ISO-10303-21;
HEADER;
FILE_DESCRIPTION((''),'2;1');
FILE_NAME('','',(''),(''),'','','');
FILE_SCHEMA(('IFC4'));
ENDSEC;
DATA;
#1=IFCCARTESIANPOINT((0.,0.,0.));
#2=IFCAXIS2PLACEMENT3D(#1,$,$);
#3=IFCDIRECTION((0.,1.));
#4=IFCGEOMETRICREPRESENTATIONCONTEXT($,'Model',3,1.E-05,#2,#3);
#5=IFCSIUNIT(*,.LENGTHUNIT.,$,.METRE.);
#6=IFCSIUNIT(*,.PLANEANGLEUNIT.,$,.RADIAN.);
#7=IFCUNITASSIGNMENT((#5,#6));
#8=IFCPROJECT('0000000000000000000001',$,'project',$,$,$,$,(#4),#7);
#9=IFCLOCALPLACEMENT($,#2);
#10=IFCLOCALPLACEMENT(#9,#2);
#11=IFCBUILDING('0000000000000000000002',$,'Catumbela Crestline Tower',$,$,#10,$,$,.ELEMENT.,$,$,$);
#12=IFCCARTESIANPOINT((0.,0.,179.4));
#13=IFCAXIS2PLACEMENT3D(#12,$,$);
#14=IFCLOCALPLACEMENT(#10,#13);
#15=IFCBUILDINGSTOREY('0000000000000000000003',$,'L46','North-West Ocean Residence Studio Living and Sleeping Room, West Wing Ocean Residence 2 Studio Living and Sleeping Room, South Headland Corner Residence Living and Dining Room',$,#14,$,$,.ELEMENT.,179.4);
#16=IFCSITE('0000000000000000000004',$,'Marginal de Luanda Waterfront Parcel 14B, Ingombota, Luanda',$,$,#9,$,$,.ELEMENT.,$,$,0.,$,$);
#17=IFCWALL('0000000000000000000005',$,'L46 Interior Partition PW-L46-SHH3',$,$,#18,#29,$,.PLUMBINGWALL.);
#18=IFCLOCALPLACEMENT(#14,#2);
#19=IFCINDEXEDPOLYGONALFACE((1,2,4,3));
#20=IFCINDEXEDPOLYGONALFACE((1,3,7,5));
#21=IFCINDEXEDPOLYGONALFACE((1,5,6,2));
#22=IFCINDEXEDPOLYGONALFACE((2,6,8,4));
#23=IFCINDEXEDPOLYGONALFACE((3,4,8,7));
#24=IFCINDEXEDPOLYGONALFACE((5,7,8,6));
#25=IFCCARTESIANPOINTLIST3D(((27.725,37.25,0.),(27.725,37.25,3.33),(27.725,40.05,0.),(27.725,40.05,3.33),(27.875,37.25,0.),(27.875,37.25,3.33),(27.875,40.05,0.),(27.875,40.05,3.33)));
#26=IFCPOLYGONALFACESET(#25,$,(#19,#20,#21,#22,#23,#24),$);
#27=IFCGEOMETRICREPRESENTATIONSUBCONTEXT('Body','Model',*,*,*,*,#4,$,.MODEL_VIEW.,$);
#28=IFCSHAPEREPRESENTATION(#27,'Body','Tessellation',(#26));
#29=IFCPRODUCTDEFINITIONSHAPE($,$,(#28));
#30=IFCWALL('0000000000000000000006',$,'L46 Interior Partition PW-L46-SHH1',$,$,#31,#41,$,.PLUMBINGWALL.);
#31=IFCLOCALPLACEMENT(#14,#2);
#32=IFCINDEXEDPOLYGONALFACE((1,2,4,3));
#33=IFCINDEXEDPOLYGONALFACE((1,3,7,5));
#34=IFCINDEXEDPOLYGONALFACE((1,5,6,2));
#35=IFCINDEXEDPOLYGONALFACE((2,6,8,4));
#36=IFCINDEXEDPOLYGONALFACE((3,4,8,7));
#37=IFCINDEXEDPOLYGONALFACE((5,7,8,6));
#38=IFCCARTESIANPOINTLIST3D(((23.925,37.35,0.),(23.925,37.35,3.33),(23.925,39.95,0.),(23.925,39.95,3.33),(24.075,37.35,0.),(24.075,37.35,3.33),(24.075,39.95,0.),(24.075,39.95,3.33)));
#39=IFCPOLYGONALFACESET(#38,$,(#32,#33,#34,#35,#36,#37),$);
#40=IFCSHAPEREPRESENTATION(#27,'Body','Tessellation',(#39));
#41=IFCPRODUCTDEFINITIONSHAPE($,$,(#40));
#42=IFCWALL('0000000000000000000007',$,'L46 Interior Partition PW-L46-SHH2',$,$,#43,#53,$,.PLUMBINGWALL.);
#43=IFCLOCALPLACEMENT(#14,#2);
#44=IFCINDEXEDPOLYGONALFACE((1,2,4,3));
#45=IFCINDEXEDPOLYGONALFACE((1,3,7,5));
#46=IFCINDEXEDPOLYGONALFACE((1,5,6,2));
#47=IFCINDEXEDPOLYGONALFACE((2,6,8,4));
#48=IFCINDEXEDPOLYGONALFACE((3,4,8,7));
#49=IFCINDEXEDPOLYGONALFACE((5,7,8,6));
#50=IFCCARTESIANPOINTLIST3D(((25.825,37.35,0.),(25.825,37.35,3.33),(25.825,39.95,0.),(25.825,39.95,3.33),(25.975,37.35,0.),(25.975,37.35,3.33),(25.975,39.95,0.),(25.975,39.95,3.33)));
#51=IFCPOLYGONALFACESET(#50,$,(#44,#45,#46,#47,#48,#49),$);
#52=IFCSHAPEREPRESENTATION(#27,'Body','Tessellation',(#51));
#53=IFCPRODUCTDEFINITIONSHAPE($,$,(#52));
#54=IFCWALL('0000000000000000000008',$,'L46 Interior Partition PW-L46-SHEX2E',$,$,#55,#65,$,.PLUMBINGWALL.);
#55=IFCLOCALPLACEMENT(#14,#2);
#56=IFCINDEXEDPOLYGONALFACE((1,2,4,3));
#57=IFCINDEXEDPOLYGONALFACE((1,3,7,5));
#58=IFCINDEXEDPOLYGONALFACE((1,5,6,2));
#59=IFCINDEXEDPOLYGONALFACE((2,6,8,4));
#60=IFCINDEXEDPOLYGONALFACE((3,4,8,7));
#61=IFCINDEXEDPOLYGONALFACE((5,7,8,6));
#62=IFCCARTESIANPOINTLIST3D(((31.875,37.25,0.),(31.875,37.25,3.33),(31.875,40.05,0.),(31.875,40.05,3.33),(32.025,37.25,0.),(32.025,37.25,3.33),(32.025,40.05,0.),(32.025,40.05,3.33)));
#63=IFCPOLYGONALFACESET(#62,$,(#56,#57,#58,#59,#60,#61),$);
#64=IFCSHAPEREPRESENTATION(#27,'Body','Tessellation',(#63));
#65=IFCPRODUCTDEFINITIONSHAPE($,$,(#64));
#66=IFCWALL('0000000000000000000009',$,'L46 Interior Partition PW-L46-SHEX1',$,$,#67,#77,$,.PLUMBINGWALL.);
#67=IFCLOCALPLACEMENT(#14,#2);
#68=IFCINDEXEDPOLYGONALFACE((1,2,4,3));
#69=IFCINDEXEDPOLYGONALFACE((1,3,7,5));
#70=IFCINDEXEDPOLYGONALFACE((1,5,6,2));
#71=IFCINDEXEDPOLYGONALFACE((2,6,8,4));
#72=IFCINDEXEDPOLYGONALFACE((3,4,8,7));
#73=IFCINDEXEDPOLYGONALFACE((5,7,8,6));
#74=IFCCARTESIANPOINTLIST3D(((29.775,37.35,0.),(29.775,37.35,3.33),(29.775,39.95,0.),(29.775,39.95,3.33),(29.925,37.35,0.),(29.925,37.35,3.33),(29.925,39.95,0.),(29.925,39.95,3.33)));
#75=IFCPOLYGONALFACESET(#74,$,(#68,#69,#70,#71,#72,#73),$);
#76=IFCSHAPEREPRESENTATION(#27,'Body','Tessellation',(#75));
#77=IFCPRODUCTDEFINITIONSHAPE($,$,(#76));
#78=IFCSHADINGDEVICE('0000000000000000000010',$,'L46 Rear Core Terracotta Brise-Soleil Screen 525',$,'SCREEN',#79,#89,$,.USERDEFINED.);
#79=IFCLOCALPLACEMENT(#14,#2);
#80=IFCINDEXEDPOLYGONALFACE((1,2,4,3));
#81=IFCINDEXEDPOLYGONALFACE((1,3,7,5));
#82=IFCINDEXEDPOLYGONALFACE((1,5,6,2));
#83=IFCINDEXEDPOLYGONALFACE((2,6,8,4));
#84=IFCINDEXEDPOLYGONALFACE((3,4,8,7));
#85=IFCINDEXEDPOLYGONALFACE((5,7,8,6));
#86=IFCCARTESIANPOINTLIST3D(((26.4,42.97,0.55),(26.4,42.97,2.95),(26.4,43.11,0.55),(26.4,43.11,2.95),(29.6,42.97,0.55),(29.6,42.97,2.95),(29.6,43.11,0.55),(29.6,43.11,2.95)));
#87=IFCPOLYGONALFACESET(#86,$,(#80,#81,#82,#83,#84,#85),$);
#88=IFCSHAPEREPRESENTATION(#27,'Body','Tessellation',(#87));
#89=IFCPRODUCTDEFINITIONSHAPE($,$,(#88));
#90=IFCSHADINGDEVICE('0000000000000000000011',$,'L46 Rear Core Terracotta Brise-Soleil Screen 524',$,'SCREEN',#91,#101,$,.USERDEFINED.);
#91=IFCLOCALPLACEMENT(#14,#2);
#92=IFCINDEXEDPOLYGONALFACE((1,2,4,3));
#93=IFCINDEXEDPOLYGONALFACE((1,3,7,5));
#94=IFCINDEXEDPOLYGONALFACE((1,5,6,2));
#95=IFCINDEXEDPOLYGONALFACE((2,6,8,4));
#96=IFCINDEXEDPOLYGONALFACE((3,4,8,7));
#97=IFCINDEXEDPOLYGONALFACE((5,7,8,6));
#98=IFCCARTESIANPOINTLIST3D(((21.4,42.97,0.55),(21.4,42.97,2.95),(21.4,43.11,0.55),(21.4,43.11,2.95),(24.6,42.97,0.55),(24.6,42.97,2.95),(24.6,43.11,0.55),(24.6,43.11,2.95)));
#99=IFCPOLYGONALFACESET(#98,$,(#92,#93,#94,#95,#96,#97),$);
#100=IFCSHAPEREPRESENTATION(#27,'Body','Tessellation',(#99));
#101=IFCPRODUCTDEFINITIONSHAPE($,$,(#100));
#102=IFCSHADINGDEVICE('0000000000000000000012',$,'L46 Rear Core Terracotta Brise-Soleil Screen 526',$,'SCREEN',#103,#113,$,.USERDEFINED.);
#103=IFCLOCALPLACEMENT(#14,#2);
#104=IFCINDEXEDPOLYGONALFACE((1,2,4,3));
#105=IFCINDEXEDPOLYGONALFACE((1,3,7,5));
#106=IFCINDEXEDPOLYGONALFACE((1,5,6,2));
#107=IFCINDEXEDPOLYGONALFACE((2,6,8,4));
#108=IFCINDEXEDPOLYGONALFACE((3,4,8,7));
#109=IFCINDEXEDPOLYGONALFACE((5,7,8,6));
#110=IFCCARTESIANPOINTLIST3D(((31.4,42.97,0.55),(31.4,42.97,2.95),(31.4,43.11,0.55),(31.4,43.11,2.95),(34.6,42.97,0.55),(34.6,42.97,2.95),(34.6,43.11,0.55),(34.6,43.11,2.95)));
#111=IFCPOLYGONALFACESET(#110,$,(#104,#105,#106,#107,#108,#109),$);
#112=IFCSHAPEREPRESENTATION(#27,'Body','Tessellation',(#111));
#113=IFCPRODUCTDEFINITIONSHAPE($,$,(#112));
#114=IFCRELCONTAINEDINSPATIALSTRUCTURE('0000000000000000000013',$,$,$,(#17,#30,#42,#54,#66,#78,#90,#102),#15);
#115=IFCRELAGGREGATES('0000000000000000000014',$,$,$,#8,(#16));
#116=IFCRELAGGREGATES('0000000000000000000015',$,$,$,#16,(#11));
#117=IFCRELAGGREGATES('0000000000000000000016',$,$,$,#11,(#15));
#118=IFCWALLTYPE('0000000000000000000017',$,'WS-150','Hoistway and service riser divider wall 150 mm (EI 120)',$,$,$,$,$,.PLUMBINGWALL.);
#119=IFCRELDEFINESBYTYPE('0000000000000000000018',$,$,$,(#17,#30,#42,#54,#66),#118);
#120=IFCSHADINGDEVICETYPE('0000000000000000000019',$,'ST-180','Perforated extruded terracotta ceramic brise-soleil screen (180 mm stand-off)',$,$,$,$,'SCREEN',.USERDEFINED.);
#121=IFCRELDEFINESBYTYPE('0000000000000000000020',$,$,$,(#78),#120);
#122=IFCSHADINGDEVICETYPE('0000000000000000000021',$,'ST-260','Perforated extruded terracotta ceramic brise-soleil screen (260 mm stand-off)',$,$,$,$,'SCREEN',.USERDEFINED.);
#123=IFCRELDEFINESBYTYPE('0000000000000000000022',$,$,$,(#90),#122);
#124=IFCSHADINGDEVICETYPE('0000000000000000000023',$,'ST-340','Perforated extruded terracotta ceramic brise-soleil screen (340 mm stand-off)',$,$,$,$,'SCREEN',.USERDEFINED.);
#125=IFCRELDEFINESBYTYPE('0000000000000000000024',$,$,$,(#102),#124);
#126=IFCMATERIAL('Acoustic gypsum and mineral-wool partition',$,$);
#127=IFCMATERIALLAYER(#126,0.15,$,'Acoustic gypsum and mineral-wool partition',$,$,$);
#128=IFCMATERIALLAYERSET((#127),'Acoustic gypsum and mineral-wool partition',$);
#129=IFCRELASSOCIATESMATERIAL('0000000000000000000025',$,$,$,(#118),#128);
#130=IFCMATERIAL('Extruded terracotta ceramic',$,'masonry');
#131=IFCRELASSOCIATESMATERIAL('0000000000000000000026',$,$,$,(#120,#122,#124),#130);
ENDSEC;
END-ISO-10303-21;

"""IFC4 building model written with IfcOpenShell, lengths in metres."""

from ifc_helpers import new_model, si_unit, direction, frame, frame_2d, origin, origin_2d, place, context, subcontext, project, spatial, rectangle, extrude, material, layer, layer_set, type_object, element, save


model = new_model("IFC4")

# Units and contexts
model_context = context("Model", 3, precision=1e-05, world=origin(), true_north=direction((0.0, 1.0)))
body_context = subcontext(model_context, "Body", "Model", "MODEL_VIEW")
ifc_project = project(units=[si_unit("LENGTHUNIT", "METRE"), si_unit("PLANEANGLEUNIT", "RADIAN")], contexts=[model_context])

# Site, building, storey
site_placement = place(None, origin())
site = spatial("IfcSite", under=ifc_project, at=site_placement, Name="Marginal de Luanda Waterfront Parcel 14B, Ingombota, Luanda", CompositionType="ELEMENT", RefElevation=0.0)
building_placement = place(site_placement, origin())
building = spatial("IfcBuilding", under=site, at=building_placement, Name="Catumbela Crestline Tower", CompositionType="ELEMENT")
storey_placement = place(building_placement, frame((0.0, 0.0, 179.4)))
storey = spatial("IfcBuildingStorey", under=building, at=storey_placement, Name="L46", Description="North-West Ocean Residence Studio Living and Sleeping Room, West Wing Ocean Residence 2 Studio Living and Sleeping Room, South Headland Corner Residence Living and Dining Room", CompositionType="ELEMENT", Elevation=179.4)

# Shared definitions
ifc_material_1 = material(Name="Acoustic gypsum and mineral-wool partition")

# Walls
ifc_layer_1 = layer(ifc_material_1, 0.15, Name="Acoustic gypsum and mineral-wool partition")
ifc_layer_set_1 = layer_set([ifc_layer_1], Name="Acoustic gypsum and mineral-wool partition")
wall_type_1 = type_object("IfcWallType", Name="WS-150", Description="Hoistway and service riser divider wall 150 mm (EI 120)", PredefinedType="PLUMBINGWALL", material=ifc_layer_set_1)
wall_1_placement = place(storey_placement, frame((27.8, 37.25, 0.0), z_axis=(0.0, 0.0, 1.0), x_axis=(0.0, 1.0, 0.0)))
element("IfcWall", 1, at=wall_1_placement, inside=storey, type_object=wall_type_1, Name="L46 Interior Partition PW-L46-SHH3", PredefinedType="PLUMBINGWALL", context=body_context, shape_type="SweptSolid", body=[
    extrude(rectangle(XDim=2.8, YDim=0.15, at=frame_2d((1.4, 0.0))), origin(), (0.0, 0.0, 1.0), 3.33),
])
for number, where, z_axis, x_axis, name in (
    (2, (24.0, 37.35, 0.0), (0.0, 0.0, 1.0), (0.0, 1.0, 0.0), "L46 Interior Partition PW-L46-SHH1"),
    (3, (25.9, 37.35, 0.0), (0.0, 0.0, 1.0), (0.0, 1.0, 0.0), "L46 Interior Partition PW-L46-SHH2"),
):
    element("IfcWall", number, at=place(storey_placement, frame(where, z_axis=z_axis, x_axis=x_axis)), inside=storey, type_object=wall_type_1, Name=name, PredefinedType="PLUMBINGWALL", context=body_context, shape_type="SweptSolid", body=[
        extrude(rectangle(XDim=2.6, YDim=0.15, at=frame_2d((1.3, 0.0))), origin(), (0.0, 0.0, 1.0), 3.33),
    ])
wall_2_placement = place(storey_placement, frame((31.95, 37.25, 0.0), z_axis=(0.0, 0.0, 1.0), x_axis=(0.0, 1.0, 0.0)))
element("IfcWall", 4, at=wall_2_placement, inside=storey, type_object=wall_type_1, Name="L46 Interior Partition PW-L46-SHEX2E", PredefinedType="PLUMBINGWALL", context=body_context, shape_type="SweptSolid", body=[
    extrude(rectangle(XDim=2.8, YDim=0.15, at=frame_2d((1.4, 0.0))), origin(), (0.0, 0.0, 1.0), 3.33),
])
wall_3_placement = place(storey_placement, frame((29.85, 37.35, 0.0), z_axis=(0.0, 0.0, 1.0), x_axis=(0.0, 1.0, 0.0)))
element("IfcWall", 5, at=wall_3_placement, inside=storey, type_object=wall_type_1, Name="L46 Interior Partition PW-L46-SHEX1", PredefinedType="PLUMBINGWALL", context=body_context, shape_type="SweptSolid", body=[
    extrude(rectangle(XDim=2.6, YDim=0.15, at=frame_2d((1.3, 0.0))), origin(), (0.0, 0.0, 1.0), 3.33),
])

# Shading devices
ifc_material_2 = material(Name="Extruded terracotta ceramic", Category="masonry")
shading_device_type_1 = type_object("IfcShadingDeviceType", Name="ST-180", Description="Perforated extruded terracotta ceramic brise-soleil screen (180 mm stand-off)", ElementType="SCREEN", PredefinedType="USERDEFINED", material=ifc_material_2)
shading_device_1_placement = place(storey_placement, frame((28.0, 43.04, 0.55), z_axis=(0.0, 0.0, 1.0), x_axis=(1.0, 0.0, 0.0)))
element("IfcShadingDevice", 6, at=shading_device_1_placement, inside=storey, type_object=shading_device_type_1, Name="L46 Rear Core Terracotta Brise-Soleil Screen 525", ObjectType="SCREEN", PredefinedType="USERDEFINED", context=body_context, shape_type="SweptSolid", body=[
    extrude(rectangle(XDim=3.2, YDim=0.14, at=origin_2d()), origin(), (0.0, 0.0, 1.0), 2.4),
])
shading_device_type_2 = type_object("IfcShadingDeviceType", Name="ST-260", Description="Perforated extruded terracotta ceramic brise-soleil screen (260 mm stand-off)", ElementType="SCREEN", PredefinedType="USERDEFINED", material=ifc_material_2)
shading_device_2_placement = place(storey_placement, frame((23.0, 43.04, 0.55), z_axis=(0.0, 0.0, 1.0), x_axis=(1.0, 0.0, 0.0)))
element("IfcShadingDevice", 7, at=shading_device_2_placement, inside=storey, type_object=shading_device_type_2, Name="L46 Rear Core Terracotta Brise-Soleil Screen 524", ObjectType="SCREEN", PredefinedType="USERDEFINED", context=body_context, shape_type="SweptSolid", body=[
    extrude(rectangle(XDim=3.2, YDim=0.14, at=origin_2d()), origin(), (0.0, 0.0, 1.0), 2.4),
])
shading_device_type_3 = type_object("IfcShadingDeviceType", Name="ST-340", Description="Perforated extruded terracotta ceramic brise-soleil screen (340 mm stand-off)", ElementType="SCREEN", PredefinedType="USERDEFINED", material=ifc_material_2)
shading_device_3_placement = place(storey_placement, frame((33.0, 43.04, 0.55), z_axis=(0.0, 0.0, 1.0), x_axis=(1.0, 0.0, 0.0)))
element("IfcShadingDevice", 8, at=shading_device_3_placement, inside=storey, type_object=shading_device_type_3, Name="L46 Rear Core Terracotta Brise-Soleil Screen 526", ObjectType="SCREEN", PredefinedType="USERDEFINED", context=body_context, shape_type="SweptSolid", body=[
    extrude(rectangle(XDim=3.2, YDim=0.14, at=origin_2d()), origin(), (0.0, 0.0, 1.0), 2.4),
])

save(model, "model.ifc")
